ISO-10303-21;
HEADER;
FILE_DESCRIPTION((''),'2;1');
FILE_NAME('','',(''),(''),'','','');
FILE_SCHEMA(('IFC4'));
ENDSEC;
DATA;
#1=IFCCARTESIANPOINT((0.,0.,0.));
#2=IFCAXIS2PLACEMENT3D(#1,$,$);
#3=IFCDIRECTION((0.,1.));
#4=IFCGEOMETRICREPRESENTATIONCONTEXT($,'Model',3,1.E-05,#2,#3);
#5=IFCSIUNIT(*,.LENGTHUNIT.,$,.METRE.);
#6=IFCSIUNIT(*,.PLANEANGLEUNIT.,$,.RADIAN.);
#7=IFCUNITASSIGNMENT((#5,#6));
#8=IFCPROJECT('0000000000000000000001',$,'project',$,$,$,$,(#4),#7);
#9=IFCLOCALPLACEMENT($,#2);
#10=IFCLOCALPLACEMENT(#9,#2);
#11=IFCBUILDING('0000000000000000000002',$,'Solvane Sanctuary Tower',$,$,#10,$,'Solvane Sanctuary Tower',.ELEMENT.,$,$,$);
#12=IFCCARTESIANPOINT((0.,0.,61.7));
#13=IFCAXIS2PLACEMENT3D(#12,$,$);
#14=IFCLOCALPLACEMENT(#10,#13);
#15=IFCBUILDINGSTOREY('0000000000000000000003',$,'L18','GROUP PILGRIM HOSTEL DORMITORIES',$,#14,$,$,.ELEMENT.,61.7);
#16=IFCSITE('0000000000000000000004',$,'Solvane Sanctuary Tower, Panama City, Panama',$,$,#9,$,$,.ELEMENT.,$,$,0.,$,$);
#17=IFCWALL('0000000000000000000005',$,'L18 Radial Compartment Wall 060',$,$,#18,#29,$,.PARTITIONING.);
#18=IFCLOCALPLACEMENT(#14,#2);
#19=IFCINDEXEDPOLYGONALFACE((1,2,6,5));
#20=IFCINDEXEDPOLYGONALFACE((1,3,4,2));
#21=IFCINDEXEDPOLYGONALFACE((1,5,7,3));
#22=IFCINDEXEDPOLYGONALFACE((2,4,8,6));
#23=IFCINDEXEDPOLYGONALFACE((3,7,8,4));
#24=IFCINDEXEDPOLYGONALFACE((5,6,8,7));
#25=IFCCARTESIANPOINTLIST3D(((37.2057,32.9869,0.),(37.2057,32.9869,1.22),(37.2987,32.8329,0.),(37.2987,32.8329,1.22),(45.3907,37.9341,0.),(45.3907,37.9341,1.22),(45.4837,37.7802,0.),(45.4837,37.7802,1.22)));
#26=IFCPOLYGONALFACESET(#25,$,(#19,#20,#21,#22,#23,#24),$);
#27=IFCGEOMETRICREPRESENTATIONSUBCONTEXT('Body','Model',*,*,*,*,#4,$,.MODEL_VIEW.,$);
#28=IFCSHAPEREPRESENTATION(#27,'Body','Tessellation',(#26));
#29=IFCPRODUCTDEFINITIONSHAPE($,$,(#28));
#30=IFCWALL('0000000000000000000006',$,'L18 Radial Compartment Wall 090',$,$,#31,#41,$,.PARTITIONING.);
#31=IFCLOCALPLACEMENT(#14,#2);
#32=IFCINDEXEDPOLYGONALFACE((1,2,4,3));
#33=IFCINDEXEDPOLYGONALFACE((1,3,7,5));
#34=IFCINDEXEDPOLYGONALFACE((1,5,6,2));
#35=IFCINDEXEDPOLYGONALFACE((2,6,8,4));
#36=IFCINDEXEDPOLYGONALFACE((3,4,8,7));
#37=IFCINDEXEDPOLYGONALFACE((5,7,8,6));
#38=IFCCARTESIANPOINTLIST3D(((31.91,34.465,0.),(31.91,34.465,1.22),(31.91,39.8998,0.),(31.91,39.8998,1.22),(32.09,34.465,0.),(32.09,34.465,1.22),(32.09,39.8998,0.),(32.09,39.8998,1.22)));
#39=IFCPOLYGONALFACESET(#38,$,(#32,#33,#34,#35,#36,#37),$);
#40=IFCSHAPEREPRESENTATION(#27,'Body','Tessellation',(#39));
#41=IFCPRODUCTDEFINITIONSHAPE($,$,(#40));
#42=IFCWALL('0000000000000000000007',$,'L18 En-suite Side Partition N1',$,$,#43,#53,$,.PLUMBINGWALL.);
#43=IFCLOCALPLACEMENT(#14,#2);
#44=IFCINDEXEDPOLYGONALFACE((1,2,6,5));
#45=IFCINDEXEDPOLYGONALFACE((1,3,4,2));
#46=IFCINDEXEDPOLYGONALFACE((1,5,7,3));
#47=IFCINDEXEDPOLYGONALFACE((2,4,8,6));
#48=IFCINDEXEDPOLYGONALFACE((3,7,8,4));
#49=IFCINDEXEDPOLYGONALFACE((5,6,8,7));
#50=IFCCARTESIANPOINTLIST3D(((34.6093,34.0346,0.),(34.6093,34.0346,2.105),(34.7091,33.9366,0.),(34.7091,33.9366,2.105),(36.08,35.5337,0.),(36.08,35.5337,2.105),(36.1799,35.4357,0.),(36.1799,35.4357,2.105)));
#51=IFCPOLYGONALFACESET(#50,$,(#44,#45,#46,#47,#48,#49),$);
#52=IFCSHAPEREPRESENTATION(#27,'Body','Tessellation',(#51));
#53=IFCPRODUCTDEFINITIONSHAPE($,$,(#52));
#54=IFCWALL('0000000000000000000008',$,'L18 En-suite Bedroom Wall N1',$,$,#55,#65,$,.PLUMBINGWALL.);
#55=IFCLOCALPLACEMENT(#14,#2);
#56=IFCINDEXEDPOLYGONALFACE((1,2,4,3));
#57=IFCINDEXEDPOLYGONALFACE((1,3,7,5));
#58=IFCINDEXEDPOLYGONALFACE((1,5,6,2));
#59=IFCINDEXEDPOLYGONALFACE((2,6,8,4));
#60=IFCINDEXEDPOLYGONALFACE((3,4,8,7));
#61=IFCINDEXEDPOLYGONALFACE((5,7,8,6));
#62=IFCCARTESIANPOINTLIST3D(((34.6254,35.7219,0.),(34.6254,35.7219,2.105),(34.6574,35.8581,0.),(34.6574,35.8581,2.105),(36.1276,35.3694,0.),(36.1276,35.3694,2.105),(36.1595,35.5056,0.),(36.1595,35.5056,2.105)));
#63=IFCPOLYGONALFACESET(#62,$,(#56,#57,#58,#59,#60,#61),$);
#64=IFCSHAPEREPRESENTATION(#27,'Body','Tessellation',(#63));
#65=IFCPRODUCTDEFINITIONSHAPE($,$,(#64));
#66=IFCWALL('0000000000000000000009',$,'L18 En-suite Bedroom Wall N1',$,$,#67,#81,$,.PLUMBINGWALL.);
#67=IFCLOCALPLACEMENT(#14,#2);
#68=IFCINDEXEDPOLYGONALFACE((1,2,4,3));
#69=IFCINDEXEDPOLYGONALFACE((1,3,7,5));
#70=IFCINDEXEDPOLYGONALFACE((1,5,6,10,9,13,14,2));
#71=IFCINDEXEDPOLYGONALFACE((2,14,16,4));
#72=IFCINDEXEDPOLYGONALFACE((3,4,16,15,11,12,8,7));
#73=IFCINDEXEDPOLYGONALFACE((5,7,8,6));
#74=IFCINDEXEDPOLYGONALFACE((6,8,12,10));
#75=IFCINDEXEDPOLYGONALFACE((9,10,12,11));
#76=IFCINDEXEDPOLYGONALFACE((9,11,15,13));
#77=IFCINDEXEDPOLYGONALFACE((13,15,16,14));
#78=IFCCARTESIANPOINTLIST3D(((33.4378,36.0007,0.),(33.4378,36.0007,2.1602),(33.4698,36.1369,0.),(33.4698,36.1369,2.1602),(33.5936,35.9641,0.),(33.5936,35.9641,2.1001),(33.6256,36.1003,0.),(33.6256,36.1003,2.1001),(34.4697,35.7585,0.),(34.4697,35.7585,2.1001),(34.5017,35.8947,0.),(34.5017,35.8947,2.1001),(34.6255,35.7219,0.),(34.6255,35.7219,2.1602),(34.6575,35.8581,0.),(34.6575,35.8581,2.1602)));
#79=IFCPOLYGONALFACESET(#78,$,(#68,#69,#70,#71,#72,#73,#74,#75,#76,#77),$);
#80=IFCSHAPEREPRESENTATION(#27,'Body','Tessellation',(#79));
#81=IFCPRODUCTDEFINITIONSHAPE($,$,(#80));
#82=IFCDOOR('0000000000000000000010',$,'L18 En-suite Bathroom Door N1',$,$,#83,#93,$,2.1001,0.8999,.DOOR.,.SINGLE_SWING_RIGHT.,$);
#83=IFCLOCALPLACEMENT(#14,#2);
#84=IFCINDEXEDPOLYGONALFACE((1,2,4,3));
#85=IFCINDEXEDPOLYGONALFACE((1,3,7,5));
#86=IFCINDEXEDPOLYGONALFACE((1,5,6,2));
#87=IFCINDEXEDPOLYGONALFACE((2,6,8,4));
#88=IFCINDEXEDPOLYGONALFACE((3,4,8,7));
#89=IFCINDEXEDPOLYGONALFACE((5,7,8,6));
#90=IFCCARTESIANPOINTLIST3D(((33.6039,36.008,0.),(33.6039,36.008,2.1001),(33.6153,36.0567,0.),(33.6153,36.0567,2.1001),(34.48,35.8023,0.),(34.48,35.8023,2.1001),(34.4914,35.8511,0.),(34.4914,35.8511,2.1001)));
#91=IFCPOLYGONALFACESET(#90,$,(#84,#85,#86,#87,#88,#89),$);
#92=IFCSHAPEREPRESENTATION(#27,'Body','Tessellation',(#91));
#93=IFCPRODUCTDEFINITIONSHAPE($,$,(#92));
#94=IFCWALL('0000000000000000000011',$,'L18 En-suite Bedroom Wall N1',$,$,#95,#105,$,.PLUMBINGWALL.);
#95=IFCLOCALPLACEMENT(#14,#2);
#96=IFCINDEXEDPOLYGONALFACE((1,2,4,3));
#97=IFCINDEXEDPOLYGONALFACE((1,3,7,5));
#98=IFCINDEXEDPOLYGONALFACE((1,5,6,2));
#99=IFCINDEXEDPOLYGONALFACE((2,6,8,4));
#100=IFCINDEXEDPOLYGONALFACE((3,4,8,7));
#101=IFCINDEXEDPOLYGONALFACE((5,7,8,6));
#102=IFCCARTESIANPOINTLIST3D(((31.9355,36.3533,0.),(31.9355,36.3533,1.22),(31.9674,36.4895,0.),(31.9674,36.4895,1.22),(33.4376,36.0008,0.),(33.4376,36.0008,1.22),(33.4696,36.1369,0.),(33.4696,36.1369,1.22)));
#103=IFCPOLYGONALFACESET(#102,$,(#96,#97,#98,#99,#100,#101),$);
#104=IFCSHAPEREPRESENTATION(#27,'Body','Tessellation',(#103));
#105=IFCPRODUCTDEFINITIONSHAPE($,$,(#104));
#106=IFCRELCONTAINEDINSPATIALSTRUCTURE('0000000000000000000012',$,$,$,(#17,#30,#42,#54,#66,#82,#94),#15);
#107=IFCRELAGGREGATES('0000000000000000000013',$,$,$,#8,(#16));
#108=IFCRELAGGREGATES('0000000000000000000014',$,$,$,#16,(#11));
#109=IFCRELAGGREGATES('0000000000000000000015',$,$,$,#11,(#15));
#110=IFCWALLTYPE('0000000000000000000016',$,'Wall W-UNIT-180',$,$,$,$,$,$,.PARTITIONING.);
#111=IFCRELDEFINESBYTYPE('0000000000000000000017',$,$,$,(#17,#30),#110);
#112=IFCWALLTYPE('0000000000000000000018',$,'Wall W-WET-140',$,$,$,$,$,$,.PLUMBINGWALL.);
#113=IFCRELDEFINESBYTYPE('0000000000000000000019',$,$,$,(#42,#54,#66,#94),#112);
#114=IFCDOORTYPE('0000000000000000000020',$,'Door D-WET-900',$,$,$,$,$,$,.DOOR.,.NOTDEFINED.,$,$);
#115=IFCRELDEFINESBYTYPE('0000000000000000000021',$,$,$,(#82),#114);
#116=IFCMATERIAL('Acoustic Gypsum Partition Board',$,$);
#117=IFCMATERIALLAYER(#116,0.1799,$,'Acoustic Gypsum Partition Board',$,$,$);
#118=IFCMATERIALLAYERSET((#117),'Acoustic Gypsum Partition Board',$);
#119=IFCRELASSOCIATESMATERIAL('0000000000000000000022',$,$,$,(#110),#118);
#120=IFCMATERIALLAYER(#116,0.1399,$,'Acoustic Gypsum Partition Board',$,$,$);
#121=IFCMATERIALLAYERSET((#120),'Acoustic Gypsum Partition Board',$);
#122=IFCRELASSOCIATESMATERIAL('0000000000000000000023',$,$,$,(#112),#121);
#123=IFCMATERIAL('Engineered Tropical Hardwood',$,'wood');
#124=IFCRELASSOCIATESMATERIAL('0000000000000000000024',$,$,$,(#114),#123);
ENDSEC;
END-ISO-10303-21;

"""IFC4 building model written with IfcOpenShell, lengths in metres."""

from ifc_helpers import new_model, si_unit, direction, frame, frame_2d, origin, place, context, subcontext, project, spatial, rectangle, extrude, material, layer, layer_set, type_object, element, fill, save


model = new_model("IFC4")

# Units and contexts
model_context = context("Model", 3, precision=1e-05, world=origin(), true_north=direction((0.0, 1.0)))
body_context = subcontext(model_context, "Body", "Model", "MODEL_VIEW")
ifc_project = project(units=[si_unit("LENGTHUNIT", "METRE"), si_unit("PLANEANGLEUNIT", "RADIAN")], contexts=[model_context])

# Site, building, storey
site_placement = place(None, origin())
site = spatial("IfcSite", under=ifc_project, at=site_placement, Name="Solvane Sanctuary Tower, Panama City, Panama", CompositionType="ELEMENT", RefElevation=0.0)
building_placement = place(site_placement, origin())
building = spatial("IfcBuilding", under=site, at=building_placement, Name="Solvane Sanctuary Tower", LongName="Solvane Sanctuary Tower", CompositionType="ELEMENT")
storey_placement = place(building_placement, frame((0.0, 0.0, 61.7)))
storey = spatial("IfcBuildingStorey", under=building, at=storey_placement, Name="L18", Description="GROUP PILGRIM HOSTEL DORMITORIES", CompositionType="ELEMENT", Elevation=61.7)

# Shared definitions
ifc_material_1 = material(Name="Acoustic Gypsum Partition Board")

# Shared definitions
ifc_material_2 = material(Name="Engineered Tropical Hardwood", Category="wood")

# Walls
ifc_layer_1 = layer(ifc_material_1, 0.1799, Name="Acoustic Gypsum Partition Board")
ifc_layer_set_1 = layer_set([ifc_layer_1], Name="Acoustic Gypsum Partition Board")
wall_type_1 = type_object("IfcWallType", Name="Wall W-UNIT-180", PredefinedType="PARTITIONING", material=ifc_layer_set_1)
wall_1_placement = place(storey_placement, frame((37.2522, 32.9099, 0.0), z_axis=(0.0, 0.0, 1.0), x_axis=(0.855817, 0.517278, 0.0)))
element("IfcWall", 1, at=wall_1_placement, inside=storey, type_object=wall_type_1, Name="L18 Radial Compartment Wall 060", PredefinedType="PARTITIONING", context=body_context, shape_type="SweptSolid", body=[
    extrude(rectangle(XDim=9.564, YDim=0.1799, at=frame_2d((4.782, 0.0))), origin(), (0.0, 0.0, 1.0), 1.22),
])
wall_2_placement = place(storey_placement, frame((32.0, 34.4651, 0.0), z_axis=(0.0, 0.0, 1.0), x_axis=(0.0, 1.0, 0.0)))
element("IfcWall", 2, at=wall_2_placement, inside=storey, type_object=wall_type_1, Name="L18 Radial Compartment Wall 090", PredefinedType="PARTITIONING", context=body_context, shape_type="SweptSolid", body=[
    extrude(rectangle(XDim=5.4348, YDim=0.1799, at=frame_2d((2.7173, 0.0))), origin(), (0.0, 0.0, 1.0), 1.22),
])
ifc_layer_2 = layer(ifc_material_1, 0.1399, Name="Acoustic Gypsum Partition Board")
ifc_layer_set_2 = layer_set([ifc_layer_2], Name="Acoustic Gypsum Partition Board")
wall_type_2 = type_object("IfcWallType", Name="Wall W-WET-140", PredefinedType="PLUMBINGWALL", material=ifc_layer_set_2)
wall_3_placement = place(storey_placement, frame((34.6592, 33.9856, 0.0), z_axis=(0.0, 0.0, 1.0), x_axis=(0.700332, 0.713818, 0.0)))
element("IfcWall", 3, at=wall_3_placement, inside=storey, type_object=wall_type_2, Name="L18 En-suite Side Partition N1", PredefinedType="PLUMBINGWALL", context=body_context, shape_type="SweptSolid", body=[
    extrude(rectangle(XDim=2.1001, YDim=0.1399, at=frame_2d((1.05, 0.0))), origin(), (0.0, 0.0, 1.0), 2.105),
])
wall_4_placement = place(storey_placement, frame((36.1436, 35.4375, 0.0), z_axis=(0.0, 0.0, 1.0), x_axis=(-0.97355, 0.228475, 0.0)))
element("IfcWall", 4, at=wall_4_placement, inside=storey, type_object=wall_type_2, Name="L18 En-suite Bedroom Wall N1", PredefinedType="PLUMBINGWALL", context=body_context, shape_type="SweptSolid", body=[
    extrude(rectangle(XDim=1.543, YDim=0.1399, at=frame_2d((0.7715, 0.0))), origin(), (0.0, 0.0, 1.0), 2.105),
])

# Wall, opening, door
wall_5_placement = place(storey_placement, frame((34.6414, 35.79, 0.0), z_axis=(0.0, 0.0, 1.0), x_axis=(-0.973538, 0.228526, 0.0)))
wall_5 = element("IfcWall", 5, at=wall_5_placement, inside=storey, type_object=wall_type_2, Name="L18 En-suite Bedroom Wall N1", PredefinedType="PLUMBINGWALL", context=body_context, shape_type="SweptSolid", body=[
    extrude(rectangle(XDim=1.22, YDim=0.1399, at=frame_2d((0.6099, 0.0))), origin(), (0.0, 0.0, 1.0), 2.1602),
])
opening_1_placement = place(wall_5_placement, frame((0.1599, 0.0, 0.0)))
opening_1 = element("IfcOpeningElement", 6, at=opening_1_placement, cuts=wall_5, PredefinedType="OPENING", context=body_context, shape_type="SweptSolid", body=[
    extrude(rectangle(XDim=0.8999, YDim=2.1001, at=frame_2d((0.45, 1.05))), frame((0.0, 0.0798, 0.0), z_axis=(0.0, -1.0, 0.0), x_axis=(1.0, 0.0, 0.0)), (0.0, 0.0, 1.0), 0.1599),
])
door_type_1 = type_object("IfcDoorType", Name="Door D-WET-900", OperationType="NOTDEFINED", PredefinedType="DOOR", material=ifc_material_2)
door_1_placement = place(opening_1_placement, origin())
door_1 = element("IfcDoor", 7, at=door_1_placement, inside=storey, type_object=door_type_1, Name="L18 En-suite Bathroom Door N1", OperationType="SINGLE_SWING_RIGHT", OverallHeight=2.1001, OverallWidth=0.8999, PredefinedType="DOOR", context=body_context, shape_type="SweptSolid", body=[
    extrude(rectangle(XDim=0.8999, YDim=2.1001, at=frame_2d((0.45, 1.05))), frame((0.0, 0.0249, 0.0), z_axis=(0.0, -1.0, 0.0), x_axis=(1.0, 0.0, 0.0)), (0.0, 0.0, 1.0), 0.05),
])
fill(opening_1, door_1)

# Wall
wall_6_placement = place(storey_placement, frame((33.4536, 36.0688, 0.0), z_axis=(0.0, 0.0, 1.0), x_axis=(-0.97355, 0.228475, 0.0)))
element("IfcWall", 8, at=wall_6_placement, inside=storey, type_object=wall_type_2, Name="L18 En-suite Bedroom Wall N1", PredefinedType="PLUMBINGWALL", context=body_context, shape_type="SweptSolid", body=[
    extrude(rectangle(XDim=1.543, YDim=0.1399, at=frame_2d((0.7715, 0.0))), origin(), (0.0, 0.0, 1.0), 1.22),
])

save(model, "model.ifc")
